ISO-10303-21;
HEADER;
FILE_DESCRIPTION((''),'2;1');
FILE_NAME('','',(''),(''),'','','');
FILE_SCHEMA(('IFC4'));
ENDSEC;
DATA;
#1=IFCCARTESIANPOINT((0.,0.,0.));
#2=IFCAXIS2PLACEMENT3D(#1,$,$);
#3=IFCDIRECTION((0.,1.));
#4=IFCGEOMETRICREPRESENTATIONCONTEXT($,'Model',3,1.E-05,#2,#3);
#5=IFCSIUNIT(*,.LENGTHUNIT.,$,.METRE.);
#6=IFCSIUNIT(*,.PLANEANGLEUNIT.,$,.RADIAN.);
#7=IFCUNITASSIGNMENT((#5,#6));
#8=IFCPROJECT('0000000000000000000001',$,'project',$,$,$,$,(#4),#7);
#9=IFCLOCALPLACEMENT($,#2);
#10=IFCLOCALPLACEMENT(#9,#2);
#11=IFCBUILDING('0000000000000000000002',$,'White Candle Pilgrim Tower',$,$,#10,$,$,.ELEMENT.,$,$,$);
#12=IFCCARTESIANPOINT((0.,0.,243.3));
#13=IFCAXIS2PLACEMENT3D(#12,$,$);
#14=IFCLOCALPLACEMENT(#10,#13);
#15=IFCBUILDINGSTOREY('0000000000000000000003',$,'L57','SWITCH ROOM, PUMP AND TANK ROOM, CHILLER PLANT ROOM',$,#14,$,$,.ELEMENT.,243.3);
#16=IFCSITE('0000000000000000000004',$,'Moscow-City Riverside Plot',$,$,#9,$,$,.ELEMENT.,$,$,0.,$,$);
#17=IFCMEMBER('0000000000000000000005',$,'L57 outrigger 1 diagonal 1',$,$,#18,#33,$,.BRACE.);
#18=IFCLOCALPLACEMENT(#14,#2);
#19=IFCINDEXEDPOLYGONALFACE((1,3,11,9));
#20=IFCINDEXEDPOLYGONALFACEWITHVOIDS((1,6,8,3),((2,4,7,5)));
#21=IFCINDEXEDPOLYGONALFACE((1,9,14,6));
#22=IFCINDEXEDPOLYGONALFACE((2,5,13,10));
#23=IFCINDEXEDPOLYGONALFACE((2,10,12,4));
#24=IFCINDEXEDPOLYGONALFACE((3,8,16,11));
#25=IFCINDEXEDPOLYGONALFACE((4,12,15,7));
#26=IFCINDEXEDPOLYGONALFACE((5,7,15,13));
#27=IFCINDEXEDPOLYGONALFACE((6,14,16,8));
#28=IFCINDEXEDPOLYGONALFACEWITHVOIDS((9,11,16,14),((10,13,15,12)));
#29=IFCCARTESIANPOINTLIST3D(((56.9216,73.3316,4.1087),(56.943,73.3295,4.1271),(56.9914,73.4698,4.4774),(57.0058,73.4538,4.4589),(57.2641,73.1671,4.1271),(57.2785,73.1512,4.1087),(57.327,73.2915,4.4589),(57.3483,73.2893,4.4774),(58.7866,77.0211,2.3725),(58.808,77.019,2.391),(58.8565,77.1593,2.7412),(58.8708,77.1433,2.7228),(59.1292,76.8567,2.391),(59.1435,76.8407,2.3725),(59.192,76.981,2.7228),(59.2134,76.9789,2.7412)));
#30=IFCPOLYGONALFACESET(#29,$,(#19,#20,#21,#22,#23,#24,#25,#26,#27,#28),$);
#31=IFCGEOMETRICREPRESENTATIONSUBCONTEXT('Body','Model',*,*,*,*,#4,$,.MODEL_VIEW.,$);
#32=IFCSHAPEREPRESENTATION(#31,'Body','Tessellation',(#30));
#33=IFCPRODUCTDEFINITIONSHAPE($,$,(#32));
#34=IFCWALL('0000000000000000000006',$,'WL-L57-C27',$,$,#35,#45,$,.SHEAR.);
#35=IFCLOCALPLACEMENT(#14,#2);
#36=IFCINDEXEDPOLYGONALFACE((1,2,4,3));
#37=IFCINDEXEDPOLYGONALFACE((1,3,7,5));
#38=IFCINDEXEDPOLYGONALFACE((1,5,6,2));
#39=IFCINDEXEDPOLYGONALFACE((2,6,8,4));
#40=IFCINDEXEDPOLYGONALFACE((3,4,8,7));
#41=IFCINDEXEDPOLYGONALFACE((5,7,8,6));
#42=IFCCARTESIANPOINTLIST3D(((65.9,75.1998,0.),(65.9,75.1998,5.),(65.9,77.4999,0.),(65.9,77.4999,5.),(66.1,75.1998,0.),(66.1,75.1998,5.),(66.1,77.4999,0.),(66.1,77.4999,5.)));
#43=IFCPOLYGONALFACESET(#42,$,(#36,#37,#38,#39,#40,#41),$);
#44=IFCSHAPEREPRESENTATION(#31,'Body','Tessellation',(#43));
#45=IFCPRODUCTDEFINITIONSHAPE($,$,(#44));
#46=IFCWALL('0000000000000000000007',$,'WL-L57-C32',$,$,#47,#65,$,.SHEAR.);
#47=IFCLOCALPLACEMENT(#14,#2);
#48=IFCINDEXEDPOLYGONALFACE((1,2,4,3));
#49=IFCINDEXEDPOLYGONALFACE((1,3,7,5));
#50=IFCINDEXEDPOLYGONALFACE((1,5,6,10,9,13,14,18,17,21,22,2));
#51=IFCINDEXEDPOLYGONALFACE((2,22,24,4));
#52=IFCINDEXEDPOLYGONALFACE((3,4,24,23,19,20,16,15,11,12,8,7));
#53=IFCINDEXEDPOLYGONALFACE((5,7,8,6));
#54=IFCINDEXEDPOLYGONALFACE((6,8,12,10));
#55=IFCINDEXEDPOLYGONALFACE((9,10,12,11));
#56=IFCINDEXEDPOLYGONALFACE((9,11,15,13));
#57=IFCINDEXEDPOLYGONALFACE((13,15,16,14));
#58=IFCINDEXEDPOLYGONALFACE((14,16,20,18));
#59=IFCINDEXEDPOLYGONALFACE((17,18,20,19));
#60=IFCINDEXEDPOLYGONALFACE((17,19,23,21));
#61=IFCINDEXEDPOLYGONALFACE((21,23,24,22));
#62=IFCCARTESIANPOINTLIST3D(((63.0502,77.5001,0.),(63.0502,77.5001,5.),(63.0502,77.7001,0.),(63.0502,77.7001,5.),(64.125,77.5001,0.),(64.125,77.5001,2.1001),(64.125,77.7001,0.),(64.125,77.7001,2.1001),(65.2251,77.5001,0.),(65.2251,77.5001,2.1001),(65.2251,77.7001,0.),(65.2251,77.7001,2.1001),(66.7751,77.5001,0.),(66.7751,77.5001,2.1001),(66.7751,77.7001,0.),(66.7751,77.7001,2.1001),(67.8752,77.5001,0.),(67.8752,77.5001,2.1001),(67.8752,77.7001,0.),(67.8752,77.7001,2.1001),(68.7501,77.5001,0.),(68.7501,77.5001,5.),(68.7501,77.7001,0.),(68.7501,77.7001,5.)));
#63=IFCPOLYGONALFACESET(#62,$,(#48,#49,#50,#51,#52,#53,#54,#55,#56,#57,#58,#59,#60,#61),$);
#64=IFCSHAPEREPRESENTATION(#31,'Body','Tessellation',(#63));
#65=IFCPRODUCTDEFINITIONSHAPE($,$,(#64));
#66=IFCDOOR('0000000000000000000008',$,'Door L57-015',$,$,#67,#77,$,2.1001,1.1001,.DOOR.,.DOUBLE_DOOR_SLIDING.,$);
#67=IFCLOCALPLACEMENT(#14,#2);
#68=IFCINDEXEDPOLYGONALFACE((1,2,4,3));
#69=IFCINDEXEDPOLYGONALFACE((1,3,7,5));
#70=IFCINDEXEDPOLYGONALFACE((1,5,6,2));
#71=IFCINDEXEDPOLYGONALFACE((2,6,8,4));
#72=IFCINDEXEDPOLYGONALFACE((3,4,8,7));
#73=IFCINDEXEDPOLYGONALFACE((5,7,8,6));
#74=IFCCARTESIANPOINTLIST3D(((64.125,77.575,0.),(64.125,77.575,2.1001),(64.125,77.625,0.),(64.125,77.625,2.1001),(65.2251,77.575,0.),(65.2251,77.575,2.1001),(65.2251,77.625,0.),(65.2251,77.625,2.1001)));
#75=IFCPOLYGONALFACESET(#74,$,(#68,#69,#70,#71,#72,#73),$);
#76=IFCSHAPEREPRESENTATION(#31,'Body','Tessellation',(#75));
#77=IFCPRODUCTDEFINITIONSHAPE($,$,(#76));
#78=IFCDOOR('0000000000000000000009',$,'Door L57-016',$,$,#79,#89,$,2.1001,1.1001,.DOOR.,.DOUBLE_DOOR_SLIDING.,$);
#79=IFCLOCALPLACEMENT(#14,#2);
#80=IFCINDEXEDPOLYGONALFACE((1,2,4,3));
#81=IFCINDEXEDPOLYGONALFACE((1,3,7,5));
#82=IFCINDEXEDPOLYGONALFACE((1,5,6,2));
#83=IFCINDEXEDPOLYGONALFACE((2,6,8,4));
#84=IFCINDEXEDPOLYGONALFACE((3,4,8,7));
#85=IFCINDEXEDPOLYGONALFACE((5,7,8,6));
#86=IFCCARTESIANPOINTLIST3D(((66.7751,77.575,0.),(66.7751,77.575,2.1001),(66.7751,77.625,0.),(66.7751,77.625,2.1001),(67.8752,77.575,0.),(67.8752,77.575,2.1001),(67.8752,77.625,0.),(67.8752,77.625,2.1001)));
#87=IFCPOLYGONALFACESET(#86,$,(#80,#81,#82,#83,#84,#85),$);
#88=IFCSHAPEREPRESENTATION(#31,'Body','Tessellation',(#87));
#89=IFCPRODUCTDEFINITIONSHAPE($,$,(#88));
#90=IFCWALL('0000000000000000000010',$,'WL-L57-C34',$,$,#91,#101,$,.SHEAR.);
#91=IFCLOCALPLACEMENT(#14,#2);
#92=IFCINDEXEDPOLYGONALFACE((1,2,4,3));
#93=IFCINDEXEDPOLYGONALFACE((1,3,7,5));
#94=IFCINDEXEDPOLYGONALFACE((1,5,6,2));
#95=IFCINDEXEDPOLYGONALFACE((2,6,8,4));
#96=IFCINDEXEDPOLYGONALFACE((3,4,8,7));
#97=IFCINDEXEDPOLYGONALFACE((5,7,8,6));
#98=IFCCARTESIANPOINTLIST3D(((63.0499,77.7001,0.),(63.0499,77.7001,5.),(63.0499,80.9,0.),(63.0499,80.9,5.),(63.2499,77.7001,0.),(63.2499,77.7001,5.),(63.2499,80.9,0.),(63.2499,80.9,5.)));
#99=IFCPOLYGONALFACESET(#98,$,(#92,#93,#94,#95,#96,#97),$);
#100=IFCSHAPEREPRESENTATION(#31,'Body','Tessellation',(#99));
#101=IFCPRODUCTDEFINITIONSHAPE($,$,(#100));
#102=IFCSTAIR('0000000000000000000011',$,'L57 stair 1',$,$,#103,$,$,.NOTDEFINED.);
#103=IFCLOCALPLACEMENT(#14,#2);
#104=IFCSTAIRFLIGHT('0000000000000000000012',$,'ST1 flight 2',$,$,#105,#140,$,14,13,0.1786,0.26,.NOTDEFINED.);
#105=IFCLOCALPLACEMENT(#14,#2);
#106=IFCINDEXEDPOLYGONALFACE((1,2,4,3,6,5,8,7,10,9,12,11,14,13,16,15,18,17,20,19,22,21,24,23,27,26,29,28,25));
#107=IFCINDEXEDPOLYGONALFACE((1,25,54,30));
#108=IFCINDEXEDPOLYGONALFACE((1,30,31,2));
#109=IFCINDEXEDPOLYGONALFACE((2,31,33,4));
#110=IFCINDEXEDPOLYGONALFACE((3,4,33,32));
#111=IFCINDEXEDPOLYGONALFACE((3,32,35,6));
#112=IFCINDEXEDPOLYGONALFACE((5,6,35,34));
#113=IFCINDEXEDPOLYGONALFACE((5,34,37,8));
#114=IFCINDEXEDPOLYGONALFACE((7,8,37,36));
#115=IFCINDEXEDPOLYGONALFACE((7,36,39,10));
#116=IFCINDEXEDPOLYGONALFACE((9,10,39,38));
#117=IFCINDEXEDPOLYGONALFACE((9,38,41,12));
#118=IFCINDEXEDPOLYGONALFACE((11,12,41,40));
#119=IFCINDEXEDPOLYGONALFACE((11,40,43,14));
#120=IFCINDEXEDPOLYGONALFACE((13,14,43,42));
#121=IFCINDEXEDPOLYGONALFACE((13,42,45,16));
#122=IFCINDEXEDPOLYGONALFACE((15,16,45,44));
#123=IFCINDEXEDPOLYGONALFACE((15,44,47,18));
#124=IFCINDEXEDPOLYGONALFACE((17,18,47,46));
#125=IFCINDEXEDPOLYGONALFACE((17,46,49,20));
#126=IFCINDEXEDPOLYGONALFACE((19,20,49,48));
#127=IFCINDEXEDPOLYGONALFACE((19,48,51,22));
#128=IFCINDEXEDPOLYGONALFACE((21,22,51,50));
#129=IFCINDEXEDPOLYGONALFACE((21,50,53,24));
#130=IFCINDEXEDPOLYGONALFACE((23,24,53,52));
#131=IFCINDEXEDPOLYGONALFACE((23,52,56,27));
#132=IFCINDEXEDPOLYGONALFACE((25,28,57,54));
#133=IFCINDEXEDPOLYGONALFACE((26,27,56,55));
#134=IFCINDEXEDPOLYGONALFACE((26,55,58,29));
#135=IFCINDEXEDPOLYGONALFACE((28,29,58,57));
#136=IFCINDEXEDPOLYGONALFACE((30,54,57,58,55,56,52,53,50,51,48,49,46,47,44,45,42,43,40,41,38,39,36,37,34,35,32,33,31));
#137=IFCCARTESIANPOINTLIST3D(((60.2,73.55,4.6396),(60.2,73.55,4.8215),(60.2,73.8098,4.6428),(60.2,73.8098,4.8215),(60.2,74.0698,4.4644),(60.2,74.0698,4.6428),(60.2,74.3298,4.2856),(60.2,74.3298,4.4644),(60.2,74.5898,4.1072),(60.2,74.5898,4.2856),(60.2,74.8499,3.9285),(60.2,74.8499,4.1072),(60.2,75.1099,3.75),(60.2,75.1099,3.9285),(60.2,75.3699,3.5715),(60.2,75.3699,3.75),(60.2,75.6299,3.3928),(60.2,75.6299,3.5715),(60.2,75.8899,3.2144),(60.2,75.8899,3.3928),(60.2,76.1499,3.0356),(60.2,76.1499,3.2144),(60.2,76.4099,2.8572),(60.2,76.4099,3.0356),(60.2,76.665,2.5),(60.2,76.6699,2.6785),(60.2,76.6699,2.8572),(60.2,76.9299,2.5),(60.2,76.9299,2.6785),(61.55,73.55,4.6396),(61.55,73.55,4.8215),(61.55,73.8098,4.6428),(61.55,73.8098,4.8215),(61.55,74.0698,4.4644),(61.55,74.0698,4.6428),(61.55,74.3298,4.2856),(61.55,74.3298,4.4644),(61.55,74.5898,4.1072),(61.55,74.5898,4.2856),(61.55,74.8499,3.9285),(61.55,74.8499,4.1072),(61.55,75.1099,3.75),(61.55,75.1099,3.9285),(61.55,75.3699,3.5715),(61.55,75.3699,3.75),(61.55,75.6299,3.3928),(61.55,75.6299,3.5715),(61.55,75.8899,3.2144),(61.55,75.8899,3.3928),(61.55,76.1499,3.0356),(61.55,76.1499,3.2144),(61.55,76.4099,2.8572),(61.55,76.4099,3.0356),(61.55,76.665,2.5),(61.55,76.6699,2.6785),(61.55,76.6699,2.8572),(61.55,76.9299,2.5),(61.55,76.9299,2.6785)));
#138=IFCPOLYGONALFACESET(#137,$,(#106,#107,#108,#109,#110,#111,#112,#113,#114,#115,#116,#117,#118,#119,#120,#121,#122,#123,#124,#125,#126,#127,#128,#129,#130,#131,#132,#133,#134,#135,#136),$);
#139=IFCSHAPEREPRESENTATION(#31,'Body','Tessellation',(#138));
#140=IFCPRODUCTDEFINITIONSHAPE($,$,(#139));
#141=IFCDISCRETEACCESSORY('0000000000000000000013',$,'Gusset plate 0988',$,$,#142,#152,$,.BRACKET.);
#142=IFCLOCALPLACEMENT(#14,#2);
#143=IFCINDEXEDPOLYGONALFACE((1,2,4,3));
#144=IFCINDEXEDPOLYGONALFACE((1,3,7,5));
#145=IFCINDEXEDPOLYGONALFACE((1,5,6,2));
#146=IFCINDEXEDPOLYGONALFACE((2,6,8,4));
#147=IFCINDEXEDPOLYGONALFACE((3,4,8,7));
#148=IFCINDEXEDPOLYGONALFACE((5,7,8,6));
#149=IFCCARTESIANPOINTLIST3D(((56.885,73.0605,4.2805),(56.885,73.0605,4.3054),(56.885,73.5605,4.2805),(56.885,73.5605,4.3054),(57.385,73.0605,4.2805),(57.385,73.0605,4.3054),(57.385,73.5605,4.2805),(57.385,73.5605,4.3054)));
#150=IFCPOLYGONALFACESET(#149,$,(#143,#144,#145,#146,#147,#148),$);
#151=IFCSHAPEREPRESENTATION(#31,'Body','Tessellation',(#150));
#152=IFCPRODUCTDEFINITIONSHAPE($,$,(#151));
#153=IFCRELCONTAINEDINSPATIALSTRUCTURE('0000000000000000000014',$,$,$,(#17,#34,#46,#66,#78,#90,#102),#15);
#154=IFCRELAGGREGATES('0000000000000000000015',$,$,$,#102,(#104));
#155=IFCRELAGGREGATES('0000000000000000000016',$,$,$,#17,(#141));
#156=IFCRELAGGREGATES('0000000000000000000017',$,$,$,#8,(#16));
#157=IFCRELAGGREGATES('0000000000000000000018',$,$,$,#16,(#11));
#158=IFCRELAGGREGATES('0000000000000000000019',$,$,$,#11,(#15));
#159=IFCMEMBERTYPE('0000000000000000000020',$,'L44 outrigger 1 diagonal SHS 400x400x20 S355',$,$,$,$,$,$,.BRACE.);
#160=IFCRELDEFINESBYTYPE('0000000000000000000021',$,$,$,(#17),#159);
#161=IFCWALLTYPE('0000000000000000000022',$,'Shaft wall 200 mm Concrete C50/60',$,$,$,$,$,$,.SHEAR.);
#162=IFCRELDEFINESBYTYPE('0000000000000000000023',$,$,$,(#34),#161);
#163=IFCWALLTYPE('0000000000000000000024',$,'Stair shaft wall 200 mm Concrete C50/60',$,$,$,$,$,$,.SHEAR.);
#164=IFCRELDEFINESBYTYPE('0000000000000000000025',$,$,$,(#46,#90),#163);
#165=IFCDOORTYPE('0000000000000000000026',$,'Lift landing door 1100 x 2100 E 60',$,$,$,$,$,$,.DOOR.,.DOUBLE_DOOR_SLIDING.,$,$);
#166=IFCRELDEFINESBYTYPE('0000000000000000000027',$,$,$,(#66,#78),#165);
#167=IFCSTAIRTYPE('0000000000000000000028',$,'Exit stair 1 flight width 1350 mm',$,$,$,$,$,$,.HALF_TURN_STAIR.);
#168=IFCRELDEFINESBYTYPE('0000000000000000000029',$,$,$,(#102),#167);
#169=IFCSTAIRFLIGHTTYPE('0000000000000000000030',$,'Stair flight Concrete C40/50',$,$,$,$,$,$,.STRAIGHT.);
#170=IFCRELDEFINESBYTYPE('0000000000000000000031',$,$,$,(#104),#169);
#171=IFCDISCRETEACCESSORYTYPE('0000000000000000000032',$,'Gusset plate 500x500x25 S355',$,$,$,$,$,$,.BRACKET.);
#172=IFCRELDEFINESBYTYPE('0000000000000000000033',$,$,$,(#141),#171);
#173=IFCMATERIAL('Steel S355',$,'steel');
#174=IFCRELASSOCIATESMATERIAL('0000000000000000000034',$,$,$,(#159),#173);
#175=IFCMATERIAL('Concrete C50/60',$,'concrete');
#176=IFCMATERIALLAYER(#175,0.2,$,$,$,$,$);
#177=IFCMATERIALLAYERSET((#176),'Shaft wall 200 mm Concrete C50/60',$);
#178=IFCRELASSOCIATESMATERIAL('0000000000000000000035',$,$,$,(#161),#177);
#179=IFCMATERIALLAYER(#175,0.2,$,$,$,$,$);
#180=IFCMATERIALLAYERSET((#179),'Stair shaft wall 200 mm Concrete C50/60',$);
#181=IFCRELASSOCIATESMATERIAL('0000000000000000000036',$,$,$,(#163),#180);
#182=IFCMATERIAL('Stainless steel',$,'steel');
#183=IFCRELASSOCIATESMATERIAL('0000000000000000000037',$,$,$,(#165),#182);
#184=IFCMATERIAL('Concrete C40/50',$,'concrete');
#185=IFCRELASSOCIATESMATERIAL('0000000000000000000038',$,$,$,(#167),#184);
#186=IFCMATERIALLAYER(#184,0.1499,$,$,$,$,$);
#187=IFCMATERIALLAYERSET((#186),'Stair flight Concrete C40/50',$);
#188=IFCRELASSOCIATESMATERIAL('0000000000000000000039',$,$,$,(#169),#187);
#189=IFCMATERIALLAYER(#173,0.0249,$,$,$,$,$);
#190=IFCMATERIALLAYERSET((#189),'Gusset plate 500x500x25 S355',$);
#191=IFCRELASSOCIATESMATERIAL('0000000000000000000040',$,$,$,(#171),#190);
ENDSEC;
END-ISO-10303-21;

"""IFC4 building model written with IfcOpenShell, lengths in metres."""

from ifc_helpers import new_model, si_unit, direction, frame, frame_2d, origin, origin_2d, place, context, subcontext, project, spatial, polyline, rectangle, hollow_rectangle, outline, extrude, material, layer, layer_set, material_profile, profile_set, type_object, element, fill, aggregate, save


model = new_model("IFC4")

# Units and contexts
model_context = context("Model", 3, precision=1e-05, world=origin(), true_north=direction((0.0, 1.0)))
body_context = subcontext(model_context, "Body", "Model", "MODEL_VIEW")
ifc_project = project(units=[si_unit("LENGTHUNIT", "METRE"), si_unit("PLANEANGLEUNIT", "RADIAN")], contexts=[model_context])

# Site, building, storey
site_placement = place(None, origin())
site = spatial("IfcSite", under=ifc_project, at=site_placement, Name="Moscow-City Riverside Plot", CompositionType="ELEMENT", RefElevation=0.0)
building_placement = place(site_placement, origin())
building = spatial("IfcBuilding", under=site, at=building_placement, Name="White Candle Pilgrim Tower", CompositionType="ELEMENT")
storey_placement = place(building_placement, frame((0.0, 0.0, 243.3)))
storey = spatial("IfcBuildingStorey", under=building, at=storey_placement, Name="L57", Description="SWITCH ROOM, PUMP AND TANK ROOM, CHILLER PLANT ROOM", CompositionType="ELEMENT", Elevation=243.3)

# Member
ifc_material_1 = material(Name="Steel S355", Category="steel")
ifc_material_profile_1 = material_profile(ifc_material_1, hollow_rectangle(XDim=0.3999, YDim=0.3999, WallThickness=0.02, at=origin_2d()), Name="SHS 400x400x20")
ifc_profile_set_1 = profile_set([ifc_material_profile_1], Name="Steel S355")
member_type_1 = type_object("IfcMemberType", Name="L44 outrigger 1 diagonal SHS 400x400x20 S355", PredefinedType="BRACE", material=ifc_profile_set_1)
member_1_placement = place(storey_placement, frame((59.0, 77.0, 2.5569), z_axis=(-0.415942, -0.822845, 0.387192), x_axis=(0.892458, -0.451131, 0.0)))
member_1 = element("IfcMember", 1, at=member_1_placement, inside=storey, type_object=member_type_1, Name="L57 outrigger 1 diagonal 1", PredefinedType="BRACE", context=body_context, shape_type="SweptSolid", body=[
    extrude(hollow_rectangle(XDim=0.3999, YDim=0.3999, WallThickness=0.02, at=origin_2d()), origin(), (0.0, 0.0, 1.0), 4.4839),
])

# Wall
ifc_material_2 = material(Name="Concrete C50/60", Category="concrete")
ifc_layer_1 = layer(ifc_material_2, 0.2)
ifc_layer_set_1 = layer_set([ifc_layer_1], Name="Shaft wall 200 mm Concrete C50/60")
wall_type_1 = type_object("IfcWallType", Name="Shaft wall 200 mm Concrete C50/60", PredefinedType="SHEAR", material=ifc_layer_set_1)
wall_1_placement = place(storey_placement, frame((66.0, 75.2, 0.0), z_axis=(0.0, 0.0, 1.0), x_axis=(0.0, 1.0, 0.0)))
element("IfcWall", 2, at=wall_1_placement, inside=storey, type_object=wall_type_1, Name="WL-L57-C27", PredefinedType="SHEAR", context=body_context, shape_type="SweptSolid", body=[
    extrude(rectangle(XDim=2.3, YDim=0.2, at=frame_2d((1.1499, 0.0))), origin(), (0.0, 0.0, 1.0), 5.0),
])

# Wall, openings, doors
ifc_layer_2 = layer(ifc_material_2, 0.2)
ifc_layer_set_2 = layer_set([ifc_layer_2], Name="Stair shaft wall 200 mm Concrete C50/60")
wall_type_2 = type_object("IfcWallType", Name="Stair shaft wall 200 mm Concrete C50/60", PredefinedType="SHEAR", material=ifc_layer_set_2)
wall_2_placement = place(storey_placement, frame((63.05, 77.6001, 0.0), z_axis=(0.0, 0.0, 1.0), x_axis=(1.0, 0.0, 0.0)))
wall_2 = element("IfcWall", 3, at=wall_2_placement, inside=storey, type_object=wall_type_2, Name="WL-L57-C32", PredefinedType="SHEAR", context=body_context, shape_type="SweptSolid", body=[
    extrude(rectangle(XDim=5.7, YDim=0.2, at=frame_2d((2.8501, 0.0))), origin(), (0.0, 0.0, 1.0), 5.0),
])
opening_1_placement = place(wall_2_placement, frame((1.075, 0.0, 0.0)))
opening_1 = element("IfcOpeningElement", 4, at=opening_1_placement, cuts=wall_2, PredefinedType="OPENING", context=body_context, shape_type="SweptSolid", body=[
    extrude(rectangle(XDim=1.1001, YDim=2.1001, at=frame_2d((0.55, 1.05))), frame((0.0, 0.1099, 0.0), z_axis=(0.0, -1.0, 0.0), x_axis=(1.0, 0.0, 0.0)), (0.0, 0.0, 1.0), 0.22),
])
opening_2_placement = place(wall_2_placement, frame((3.7251, 0.0, 0.0)))
opening_2 = element("IfcOpeningElement", 5, at=opening_2_placement, cuts=wall_2, PredefinedType="OPENING", context=body_context, shape_type="SweptSolid", body=[
    extrude(rectangle(XDim=1.1001, YDim=2.1001, at=frame_2d((0.55, 1.05))), frame((0.0, 0.1099, 0.0), z_axis=(0.0, -1.0, 0.0), x_axis=(1.0, 0.0, 0.0)), (0.0, 0.0, 1.0), 0.22),
])
ifc_material_3 = material(Name="Stainless steel", Category="steel")
door_type = type_object("IfcDoorType", Name="Lift landing door 1100 x 2100 E 60", OperationType="DOUBLE_DOOR_SLIDING", PredefinedType="DOOR", material=ifc_material_3)
door_1_placement = place(opening_1_placement, origin())
door_1 = element("IfcDoor", 6, at=door_1_placement, inside=storey, type_object=door_type, Name="Door L57-015", OperationType="DOUBLE_DOOR_SLIDING", OverallHeight=2.1001, OverallWidth=1.1001, PredefinedType="DOOR", context=body_context, shape_type="SweptSolid", body=[
    extrude(rectangle(XDim=1.1001, YDim=2.1001, at=frame_2d((0.55, 1.05))), frame((0.0, 0.0249, 0.0), z_axis=(0.0, -1.0, 0.0), x_axis=(1.0, 0.0, 0.0)), (0.0, 0.0, 1.0), 0.05),
])
fill(opening_1, door_1)
door_2_placement = place(opening_2_placement, origin())
door_2 = element("IfcDoor", 7, at=door_2_placement, inside=storey, type_object=door_type, Name="Door L57-016", OperationType="DOUBLE_DOOR_SLIDING", OverallHeight=2.1001, OverallWidth=1.1001, PredefinedType="DOOR", context=body_context, shape_type="SweptSolid", body=[
    extrude(rectangle(XDim=1.1001, YDim=2.1001, at=frame_2d((0.55, 1.05))), frame((0.0, 0.0249, 0.0), z_axis=(0.0, -1.0, 0.0), x_axis=(1.0, 0.0, 0.0)), (0.0, 0.0, 1.0), 0.05),
])
fill(opening_2, door_2)

# Wall
wall_3_placement = place(storey_placement, frame((63.1499, 77.7, 0.0), z_axis=(0.0, 0.0, 1.0), x_axis=(0.0, 1.0, 0.0)))
element("IfcWall", 8, at=wall_3_placement, inside=storey, type_object=wall_type_2, Name="WL-L57-C34", PredefinedType="SHEAR", context=body_context, shape_type="SweptSolid", body=[
    extrude(rectangle(XDim=3.2, YDim=0.2, at=frame_2d((1.6001, 0.0))), origin(), (0.0, 0.0, 1.0), 5.0),
])

# Stair, stair flight
ifc_material_4 = material(Name="Concrete C40/50", Category="concrete")
stair_type = type_object("IfcStairType", Name="Exit stair 1 flight width 1350 mm", PredefinedType="HALF_TURN_STAIR", material=ifc_material_4)
stair_placement = place(storey_placement, origin())
stair = element("IfcStair", 9, at=stair_placement, inside=storey, type_object=stair_type, Name="L57 stair 1", PredefinedType="NOTDEFINED")
ifc_layer_3 = layer(ifc_material_4, 0.1499)
ifc_layer_set_3 = layer_set([ifc_layer_3], Name="Stair flight Concrete C40/50")
stair_flight_type = type_object("IfcStairFlightType", Name="Stair flight Concrete C40/50", PredefinedType="STRAIGHT", material=ifc_layer_set_3)
stair_flight_placement = place(storey_placement, frame((60.875, 76.9299, 2.5), z_axis=(0.0, 0.0, 1.0), x_axis=(0.0, -1.0, 0.0)))
stair_flight = element("IfcStairFlight", 10, at=stair_flight_placement, type_object=stair_flight_type, Name="ST1 flight 2", NumberOfRisers=14, NumberOfTreads=13, PredefinedType="NOTDEFINED", RiserHeight=0.1786, TreadLength=0.26, context=body_context, shape_type="SweptSolid", body=[
    extrude(outline(polyline([(0.0, 0.0), (0.0, 0.1785), (0.26, 0.1785), (0.26, 0.3572), (0.52, 0.3572), (0.52, 0.5356), (0.78, 0.5356), (0.78, 0.7144), (1.04, 0.7144), (1.04, 0.8928), (1.3, 0.8928), (1.3, 1.0715), (1.5601, 1.0715), (1.5601, 1.25), (1.8201, 1.25), (1.8201, 1.4285), (2.0801, 1.4285), (2.0801, 1.6072), (2.3401, 1.6072), (2.3401, 1.7856), (2.6001, 1.7856), (2.6001, 1.9644), (2.8601, 1.9644), (2.8601, 2.1428), (3.1201, 2.1428), (3.1201, 2.3215), (3.3799, 2.3215), (3.3799, 2.5), (3.3799, 2.1396), (0.2649, 0.0), (0.0, 0.0)])), frame((0.0, 0.675, 0.0), z_axis=(0.0, -1.0, 0.0), x_axis=(1.0, 0.0, 0.0)), (0.0, 0.0, 1.0), 1.3501),
])
aggregate(stair, [stair_flight])

# Discrete accessory
ifc_layer_4 = layer(ifc_material_1, 0.0249)
ifc_layer_set_4 = layer_set([ifc_layer_4], Name="Gusset plate 500x500x25 S355")
discrete_accessory_type_1 = type_object("IfcDiscreteAccessoryType", Name="Gusset plate 500x500x25 S355", PredefinedType="BRACKET", material=ifc_layer_set_4)
discrete_accessory_1_placement = place(storey_placement, frame((57.135, 73.3105, 4.2805), z_axis=(0.0, 0.0, 1.0), x_axis=(1.0, 0.0, 0.0)))
discrete_accessory_1 = element("IfcDiscreteAccessory", 11, at=discrete_accessory_1_placement, type_object=discrete_accessory_type_1, Name="Gusset plate 0988", PredefinedType="BRACKET", context=body_context, shape_type="SweptSolid", body=[
    extrude(rectangle(XDim=0.5, YDim=0.5, at=origin_2d()), origin(), (0.0, 0.0, 1.0), 0.0249),
])
aggregate(member_1, [discrete_accessory_1])

save(model, "model.ifc")
